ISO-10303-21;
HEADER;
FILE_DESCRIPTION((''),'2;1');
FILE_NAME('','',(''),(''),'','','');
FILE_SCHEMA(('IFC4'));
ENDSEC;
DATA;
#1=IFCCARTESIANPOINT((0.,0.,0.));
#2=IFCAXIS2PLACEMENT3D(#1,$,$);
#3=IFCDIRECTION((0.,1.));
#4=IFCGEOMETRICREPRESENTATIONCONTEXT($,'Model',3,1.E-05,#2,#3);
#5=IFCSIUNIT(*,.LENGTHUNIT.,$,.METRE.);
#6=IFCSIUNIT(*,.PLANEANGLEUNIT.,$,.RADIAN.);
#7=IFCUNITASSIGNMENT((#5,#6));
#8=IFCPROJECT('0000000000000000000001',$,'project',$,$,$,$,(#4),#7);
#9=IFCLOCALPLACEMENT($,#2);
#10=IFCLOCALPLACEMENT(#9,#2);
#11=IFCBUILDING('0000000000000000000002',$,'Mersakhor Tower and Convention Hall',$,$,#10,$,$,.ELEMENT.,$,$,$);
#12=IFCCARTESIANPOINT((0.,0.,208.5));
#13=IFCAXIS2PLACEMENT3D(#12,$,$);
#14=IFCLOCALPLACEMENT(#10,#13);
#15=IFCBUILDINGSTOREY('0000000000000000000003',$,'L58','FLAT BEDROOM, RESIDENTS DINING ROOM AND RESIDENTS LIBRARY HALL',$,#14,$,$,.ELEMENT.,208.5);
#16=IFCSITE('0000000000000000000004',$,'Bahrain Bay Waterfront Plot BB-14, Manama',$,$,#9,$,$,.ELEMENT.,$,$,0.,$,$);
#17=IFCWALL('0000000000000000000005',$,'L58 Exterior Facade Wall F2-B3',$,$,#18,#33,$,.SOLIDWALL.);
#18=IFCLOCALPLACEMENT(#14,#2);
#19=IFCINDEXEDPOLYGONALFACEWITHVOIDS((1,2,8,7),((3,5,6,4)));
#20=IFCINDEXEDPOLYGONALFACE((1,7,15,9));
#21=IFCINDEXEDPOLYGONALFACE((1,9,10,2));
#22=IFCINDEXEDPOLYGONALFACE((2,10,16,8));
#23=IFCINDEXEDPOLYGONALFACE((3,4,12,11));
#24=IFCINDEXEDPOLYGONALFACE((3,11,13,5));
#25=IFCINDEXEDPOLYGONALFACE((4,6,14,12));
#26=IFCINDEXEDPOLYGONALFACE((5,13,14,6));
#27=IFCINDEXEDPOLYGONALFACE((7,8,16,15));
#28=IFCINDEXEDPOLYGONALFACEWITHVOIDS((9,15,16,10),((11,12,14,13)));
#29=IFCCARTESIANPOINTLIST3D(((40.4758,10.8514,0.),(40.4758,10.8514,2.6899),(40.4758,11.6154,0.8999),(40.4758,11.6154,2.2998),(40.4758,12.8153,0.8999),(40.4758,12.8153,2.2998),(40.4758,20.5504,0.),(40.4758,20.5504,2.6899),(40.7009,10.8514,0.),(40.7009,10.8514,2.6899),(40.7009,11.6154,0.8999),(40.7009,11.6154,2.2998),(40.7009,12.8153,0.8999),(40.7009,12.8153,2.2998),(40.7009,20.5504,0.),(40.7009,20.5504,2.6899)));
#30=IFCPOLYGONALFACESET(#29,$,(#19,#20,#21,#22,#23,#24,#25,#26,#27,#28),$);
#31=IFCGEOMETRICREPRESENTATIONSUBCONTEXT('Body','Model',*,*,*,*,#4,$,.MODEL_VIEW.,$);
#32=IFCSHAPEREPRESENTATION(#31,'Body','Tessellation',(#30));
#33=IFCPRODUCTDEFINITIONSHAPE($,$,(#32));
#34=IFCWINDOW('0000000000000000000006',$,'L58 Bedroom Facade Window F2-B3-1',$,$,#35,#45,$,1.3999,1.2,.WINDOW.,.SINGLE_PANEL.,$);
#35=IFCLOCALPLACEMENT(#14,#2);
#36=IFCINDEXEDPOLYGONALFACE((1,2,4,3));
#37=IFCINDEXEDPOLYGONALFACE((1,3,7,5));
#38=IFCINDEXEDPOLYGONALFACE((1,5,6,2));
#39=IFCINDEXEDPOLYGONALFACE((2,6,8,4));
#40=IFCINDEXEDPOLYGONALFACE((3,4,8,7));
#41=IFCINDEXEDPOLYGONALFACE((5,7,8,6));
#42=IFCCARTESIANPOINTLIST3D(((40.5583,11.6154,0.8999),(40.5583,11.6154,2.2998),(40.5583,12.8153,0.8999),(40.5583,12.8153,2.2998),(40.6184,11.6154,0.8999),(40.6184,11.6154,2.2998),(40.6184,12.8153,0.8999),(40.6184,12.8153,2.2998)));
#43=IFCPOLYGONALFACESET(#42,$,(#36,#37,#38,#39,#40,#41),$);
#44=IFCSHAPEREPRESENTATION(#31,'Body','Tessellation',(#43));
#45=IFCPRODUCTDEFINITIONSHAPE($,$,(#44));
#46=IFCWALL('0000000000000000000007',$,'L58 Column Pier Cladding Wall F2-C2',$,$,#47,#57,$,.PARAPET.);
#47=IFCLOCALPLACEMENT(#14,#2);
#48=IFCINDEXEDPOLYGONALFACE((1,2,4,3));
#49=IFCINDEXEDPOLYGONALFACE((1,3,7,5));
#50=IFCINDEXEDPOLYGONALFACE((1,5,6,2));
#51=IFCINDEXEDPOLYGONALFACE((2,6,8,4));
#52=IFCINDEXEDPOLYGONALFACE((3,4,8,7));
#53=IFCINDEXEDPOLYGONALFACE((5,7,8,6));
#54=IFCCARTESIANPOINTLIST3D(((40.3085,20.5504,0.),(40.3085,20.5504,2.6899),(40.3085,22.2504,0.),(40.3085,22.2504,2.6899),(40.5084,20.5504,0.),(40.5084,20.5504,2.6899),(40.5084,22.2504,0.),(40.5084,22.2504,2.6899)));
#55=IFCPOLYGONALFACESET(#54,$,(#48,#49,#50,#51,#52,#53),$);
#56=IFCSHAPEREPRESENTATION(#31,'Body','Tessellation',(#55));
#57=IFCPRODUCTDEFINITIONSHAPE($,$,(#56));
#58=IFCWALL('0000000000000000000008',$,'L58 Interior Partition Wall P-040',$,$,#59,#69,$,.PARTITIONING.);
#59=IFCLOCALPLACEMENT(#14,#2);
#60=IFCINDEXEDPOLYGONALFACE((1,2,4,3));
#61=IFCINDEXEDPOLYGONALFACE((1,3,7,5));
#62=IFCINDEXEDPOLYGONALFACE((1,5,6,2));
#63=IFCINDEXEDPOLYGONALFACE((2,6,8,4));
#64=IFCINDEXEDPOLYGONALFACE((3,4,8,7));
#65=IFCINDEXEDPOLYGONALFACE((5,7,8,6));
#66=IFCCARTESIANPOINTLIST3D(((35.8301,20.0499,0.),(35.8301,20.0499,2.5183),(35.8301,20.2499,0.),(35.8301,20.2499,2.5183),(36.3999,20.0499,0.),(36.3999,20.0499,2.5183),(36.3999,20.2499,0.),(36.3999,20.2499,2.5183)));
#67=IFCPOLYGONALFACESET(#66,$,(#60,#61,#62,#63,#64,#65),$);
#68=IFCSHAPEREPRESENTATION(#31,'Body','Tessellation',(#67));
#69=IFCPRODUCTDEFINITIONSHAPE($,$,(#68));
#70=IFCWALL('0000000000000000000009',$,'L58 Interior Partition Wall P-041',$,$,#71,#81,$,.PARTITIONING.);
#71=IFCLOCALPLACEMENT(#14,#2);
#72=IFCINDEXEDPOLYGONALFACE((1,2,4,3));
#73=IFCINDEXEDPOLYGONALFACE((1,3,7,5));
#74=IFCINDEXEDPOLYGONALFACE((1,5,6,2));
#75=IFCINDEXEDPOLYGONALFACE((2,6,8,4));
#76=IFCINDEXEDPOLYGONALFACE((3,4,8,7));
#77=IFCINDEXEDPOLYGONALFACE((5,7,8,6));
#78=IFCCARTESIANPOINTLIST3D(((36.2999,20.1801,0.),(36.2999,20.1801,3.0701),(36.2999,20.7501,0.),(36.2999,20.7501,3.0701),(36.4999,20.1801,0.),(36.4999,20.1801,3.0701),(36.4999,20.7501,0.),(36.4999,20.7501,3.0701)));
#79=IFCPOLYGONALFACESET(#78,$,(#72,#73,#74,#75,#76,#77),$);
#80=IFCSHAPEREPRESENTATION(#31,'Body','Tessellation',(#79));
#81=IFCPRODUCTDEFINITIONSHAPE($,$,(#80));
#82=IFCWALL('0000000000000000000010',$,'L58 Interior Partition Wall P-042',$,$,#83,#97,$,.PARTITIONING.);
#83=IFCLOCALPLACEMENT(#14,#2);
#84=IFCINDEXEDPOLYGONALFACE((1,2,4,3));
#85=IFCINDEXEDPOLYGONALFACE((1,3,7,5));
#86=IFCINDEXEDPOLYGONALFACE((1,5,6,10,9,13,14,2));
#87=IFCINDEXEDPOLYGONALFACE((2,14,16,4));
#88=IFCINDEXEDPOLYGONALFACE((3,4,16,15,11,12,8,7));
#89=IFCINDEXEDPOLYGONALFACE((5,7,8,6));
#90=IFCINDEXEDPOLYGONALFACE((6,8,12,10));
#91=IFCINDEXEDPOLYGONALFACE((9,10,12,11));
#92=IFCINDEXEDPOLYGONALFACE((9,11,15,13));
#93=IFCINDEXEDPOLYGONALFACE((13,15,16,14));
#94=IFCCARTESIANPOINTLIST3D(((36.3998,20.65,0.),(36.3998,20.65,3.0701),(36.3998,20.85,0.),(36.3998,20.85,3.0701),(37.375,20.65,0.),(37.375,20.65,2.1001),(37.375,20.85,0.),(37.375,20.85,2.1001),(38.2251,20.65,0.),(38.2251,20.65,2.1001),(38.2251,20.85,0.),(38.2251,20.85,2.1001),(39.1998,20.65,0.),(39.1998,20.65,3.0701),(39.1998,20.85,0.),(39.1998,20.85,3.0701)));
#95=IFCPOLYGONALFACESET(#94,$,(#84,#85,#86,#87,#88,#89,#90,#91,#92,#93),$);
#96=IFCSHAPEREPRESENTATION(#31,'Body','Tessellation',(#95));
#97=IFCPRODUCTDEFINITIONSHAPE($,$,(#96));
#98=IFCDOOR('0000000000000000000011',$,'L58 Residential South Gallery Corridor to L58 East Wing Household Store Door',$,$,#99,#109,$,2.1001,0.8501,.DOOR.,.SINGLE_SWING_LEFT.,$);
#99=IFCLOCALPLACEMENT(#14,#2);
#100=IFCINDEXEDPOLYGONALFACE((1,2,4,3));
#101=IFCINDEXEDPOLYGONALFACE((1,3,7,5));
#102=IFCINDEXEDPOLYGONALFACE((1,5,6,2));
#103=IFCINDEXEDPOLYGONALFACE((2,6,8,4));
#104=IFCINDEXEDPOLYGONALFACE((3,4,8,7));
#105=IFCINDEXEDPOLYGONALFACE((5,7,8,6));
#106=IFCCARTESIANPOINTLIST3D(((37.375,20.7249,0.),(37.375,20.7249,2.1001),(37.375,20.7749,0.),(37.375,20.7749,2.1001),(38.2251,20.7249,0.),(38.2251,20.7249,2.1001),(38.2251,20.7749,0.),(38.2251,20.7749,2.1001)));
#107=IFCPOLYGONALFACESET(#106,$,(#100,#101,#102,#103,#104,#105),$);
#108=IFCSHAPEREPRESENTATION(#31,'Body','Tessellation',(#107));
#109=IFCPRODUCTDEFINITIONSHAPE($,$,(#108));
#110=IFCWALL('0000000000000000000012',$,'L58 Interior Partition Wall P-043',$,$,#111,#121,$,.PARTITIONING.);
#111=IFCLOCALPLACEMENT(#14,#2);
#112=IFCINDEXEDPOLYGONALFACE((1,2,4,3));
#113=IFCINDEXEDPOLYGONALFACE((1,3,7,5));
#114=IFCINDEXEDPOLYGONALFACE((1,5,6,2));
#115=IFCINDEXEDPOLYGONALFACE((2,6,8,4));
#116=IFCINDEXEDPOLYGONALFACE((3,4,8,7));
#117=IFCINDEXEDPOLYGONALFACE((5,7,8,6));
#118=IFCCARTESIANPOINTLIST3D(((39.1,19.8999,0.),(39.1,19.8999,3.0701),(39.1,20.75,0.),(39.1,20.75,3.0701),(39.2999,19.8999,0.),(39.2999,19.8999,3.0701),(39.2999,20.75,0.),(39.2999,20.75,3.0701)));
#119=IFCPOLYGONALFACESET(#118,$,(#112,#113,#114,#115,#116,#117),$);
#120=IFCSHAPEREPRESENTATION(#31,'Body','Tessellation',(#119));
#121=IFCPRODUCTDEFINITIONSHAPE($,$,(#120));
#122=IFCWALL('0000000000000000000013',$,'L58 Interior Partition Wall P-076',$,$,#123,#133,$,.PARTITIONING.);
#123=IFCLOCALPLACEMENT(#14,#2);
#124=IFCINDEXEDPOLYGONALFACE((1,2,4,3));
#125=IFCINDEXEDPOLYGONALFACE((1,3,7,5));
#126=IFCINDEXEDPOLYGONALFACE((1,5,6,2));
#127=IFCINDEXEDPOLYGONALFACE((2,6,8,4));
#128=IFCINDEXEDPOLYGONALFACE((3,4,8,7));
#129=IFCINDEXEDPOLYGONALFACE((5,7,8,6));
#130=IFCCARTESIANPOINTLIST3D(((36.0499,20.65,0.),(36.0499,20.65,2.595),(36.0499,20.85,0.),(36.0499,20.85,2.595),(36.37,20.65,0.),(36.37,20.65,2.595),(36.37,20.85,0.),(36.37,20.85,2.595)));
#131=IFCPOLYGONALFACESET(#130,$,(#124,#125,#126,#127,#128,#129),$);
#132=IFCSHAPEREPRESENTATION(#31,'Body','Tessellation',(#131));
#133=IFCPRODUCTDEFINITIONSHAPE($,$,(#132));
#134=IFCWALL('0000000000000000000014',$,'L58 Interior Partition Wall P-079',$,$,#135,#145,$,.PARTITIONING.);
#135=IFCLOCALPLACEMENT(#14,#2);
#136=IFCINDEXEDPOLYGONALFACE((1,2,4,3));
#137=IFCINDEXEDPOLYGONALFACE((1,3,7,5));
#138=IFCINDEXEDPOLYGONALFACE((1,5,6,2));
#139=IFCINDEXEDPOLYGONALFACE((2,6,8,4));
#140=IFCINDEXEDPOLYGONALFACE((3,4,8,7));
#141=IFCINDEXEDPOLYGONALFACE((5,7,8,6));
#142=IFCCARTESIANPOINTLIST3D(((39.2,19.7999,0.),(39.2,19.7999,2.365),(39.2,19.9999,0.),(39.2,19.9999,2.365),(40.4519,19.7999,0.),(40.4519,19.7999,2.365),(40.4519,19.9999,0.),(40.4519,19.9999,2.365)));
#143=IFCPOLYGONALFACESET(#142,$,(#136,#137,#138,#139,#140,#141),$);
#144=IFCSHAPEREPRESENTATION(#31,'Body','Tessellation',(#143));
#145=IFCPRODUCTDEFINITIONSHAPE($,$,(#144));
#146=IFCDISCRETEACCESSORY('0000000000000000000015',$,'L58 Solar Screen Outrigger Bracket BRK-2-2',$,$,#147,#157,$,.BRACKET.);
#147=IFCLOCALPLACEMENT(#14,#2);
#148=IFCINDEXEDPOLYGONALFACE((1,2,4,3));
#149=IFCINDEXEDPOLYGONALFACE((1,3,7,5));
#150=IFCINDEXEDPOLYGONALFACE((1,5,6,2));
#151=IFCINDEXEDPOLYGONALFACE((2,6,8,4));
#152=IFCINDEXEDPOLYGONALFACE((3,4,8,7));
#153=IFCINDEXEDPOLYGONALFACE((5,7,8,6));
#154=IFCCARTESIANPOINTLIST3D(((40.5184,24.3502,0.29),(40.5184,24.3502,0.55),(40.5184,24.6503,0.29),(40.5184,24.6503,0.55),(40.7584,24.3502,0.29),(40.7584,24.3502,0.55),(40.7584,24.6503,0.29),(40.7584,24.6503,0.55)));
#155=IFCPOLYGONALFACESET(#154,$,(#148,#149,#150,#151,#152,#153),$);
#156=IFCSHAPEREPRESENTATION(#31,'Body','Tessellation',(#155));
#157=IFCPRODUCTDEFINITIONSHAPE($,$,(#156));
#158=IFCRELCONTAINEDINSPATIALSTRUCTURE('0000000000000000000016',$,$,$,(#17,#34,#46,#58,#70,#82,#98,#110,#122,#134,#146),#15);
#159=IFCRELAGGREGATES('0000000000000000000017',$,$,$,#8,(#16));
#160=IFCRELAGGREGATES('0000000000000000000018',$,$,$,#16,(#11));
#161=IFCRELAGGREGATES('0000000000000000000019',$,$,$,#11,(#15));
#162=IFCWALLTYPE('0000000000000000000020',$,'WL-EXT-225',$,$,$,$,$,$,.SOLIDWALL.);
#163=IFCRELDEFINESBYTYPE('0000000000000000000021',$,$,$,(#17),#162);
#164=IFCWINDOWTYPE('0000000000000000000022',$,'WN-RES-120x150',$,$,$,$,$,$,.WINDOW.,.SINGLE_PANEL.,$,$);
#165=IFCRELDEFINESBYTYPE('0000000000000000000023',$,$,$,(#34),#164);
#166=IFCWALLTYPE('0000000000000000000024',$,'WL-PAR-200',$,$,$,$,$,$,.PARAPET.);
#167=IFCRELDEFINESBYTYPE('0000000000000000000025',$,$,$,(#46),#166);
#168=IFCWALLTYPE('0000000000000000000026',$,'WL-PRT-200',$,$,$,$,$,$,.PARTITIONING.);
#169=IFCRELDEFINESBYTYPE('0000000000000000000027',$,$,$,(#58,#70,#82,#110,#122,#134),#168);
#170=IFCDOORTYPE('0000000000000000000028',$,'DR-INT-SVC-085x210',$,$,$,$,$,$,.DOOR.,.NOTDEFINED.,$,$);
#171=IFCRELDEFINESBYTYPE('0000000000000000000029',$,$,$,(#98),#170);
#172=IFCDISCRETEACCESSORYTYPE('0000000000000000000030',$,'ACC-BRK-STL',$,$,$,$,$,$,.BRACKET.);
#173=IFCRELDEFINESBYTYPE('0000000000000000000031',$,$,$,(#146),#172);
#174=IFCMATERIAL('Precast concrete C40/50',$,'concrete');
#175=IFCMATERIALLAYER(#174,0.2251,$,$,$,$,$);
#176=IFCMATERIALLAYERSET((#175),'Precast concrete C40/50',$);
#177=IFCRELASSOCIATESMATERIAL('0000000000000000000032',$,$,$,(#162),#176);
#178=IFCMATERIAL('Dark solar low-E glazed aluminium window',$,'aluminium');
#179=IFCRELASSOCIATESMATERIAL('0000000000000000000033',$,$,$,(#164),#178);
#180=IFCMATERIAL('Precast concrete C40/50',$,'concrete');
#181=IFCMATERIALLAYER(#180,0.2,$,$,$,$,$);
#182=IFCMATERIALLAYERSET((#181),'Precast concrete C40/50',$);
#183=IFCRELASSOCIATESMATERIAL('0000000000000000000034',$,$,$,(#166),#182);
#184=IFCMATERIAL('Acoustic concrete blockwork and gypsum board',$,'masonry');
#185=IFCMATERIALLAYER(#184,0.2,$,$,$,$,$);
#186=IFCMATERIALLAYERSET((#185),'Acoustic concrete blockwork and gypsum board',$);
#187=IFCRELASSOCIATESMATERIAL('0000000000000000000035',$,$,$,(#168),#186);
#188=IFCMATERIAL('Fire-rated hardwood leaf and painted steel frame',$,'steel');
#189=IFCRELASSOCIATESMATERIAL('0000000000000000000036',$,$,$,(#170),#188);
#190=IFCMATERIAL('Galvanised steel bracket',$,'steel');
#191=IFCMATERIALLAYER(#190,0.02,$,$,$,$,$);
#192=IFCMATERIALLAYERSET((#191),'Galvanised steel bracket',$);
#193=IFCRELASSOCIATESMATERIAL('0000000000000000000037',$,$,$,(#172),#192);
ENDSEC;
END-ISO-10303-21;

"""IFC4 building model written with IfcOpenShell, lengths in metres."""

from ifc_helpers import new_model, si_unit, direction, frame, frame_2d, origin, origin_2d, place, context, subcontext, project, spatial, rectangle, extrude, material, layer, layer_set, type_object, element, fill, save


model = new_model("IFC4")

# Units and contexts
model_context = context("Model", 3, precision=1e-05, world=origin(), true_north=direction((0.0, 1.0)))
body_context = subcontext(model_context, "Body", "Model", "MODEL_VIEW")
ifc_project = project(units=[si_unit("LENGTHUNIT", "METRE"), si_unit("PLANEANGLEUNIT", "RADIAN")], contexts=[model_context])

# Site, building, storey
site_placement = place(None, origin())
site = spatial("IfcSite", under=ifc_project, at=site_placement, Name="Bahrain Bay Waterfront Plot BB-14, Manama", CompositionType="ELEMENT", RefElevation=0.0)
building_placement = place(site_placement, origin())
building = spatial("IfcBuilding", under=site, at=building_placement, Name="Mersakhor Tower and Convention Hall", CompositionType="ELEMENT")
storey_placement = place(building_placement, frame((0.0, 0.0, 208.5)))
storey = spatial("IfcBuildingStorey", under=building, at=storey_placement, Name="L58", Description="FLAT BEDROOM, RESIDENTS DINING ROOM AND RESIDENTS LIBRARY HALL", CompositionType="ELEMENT", Elevation=208.5)

# Wall, opening, window
ifc_material_1 = material(Name="Precast concrete C40/50", Category="concrete")
ifc_layer_1 = layer(ifc_material_1, 0.2251)
ifc_layer_set_1 = layer_set([ifc_layer_1], Name="Precast concrete C40/50")
wall_type_1 = type_object("IfcWallType", Name="WL-EXT-225", PredefinedType="SOLIDWALL", material=ifc_layer_set_1)
wall_1_placement = place(storey_placement, frame((40.5884, 20.5505, 0.0), z_axis=(0.0, 0.0, 1.0), x_axis=(0.0, -1.0, 0.0)))
wall_1 = element("IfcWall", 1, at=wall_1_placement, inside=storey, type_object=wall_type_1, Name="L58 Exterior Facade Wall F2-B3", PredefinedType="SOLIDWALL", context=body_context, shape_type="SweptSolid", body=[
    extrude(rectangle(XDim=9.699, YDim=0.2251, at=frame_2d((4.8496, 0.0))), origin(), (0.0, 0.0, 1.0), 2.6899),
])
opening_1_placement = place(wall_1_placement, frame((7.7351, 0.0, 0.8999)))
opening_1 = element("IfcOpeningElement", 2, at=opening_1_placement, cuts=wall_1, PredefinedType="OPENING", context=body_context, shape_type="SweptSolid", body=[
    extrude(rectangle(XDim=1.2, YDim=1.3999, at=frame_2d((0.6001, 0.7))), frame((0.0, 0.1226, 0.0), z_axis=(0.0, -1.0, 0.0), x_axis=(1.0, 0.0, 0.0)), (0.0, 0.0, 1.0), 0.2451),
])
ifc_material_2 = material(Name="Dark solar low-E glazed aluminium window", Category="aluminium")
window_type = type_object("IfcWindowType", Name="WN-RES-120x150", PartitioningType="SINGLE_PANEL", PredefinedType="WINDOW", material=ifc_material_2)
window_placement = place(opening_1_placement, origin())
window = element("IfcWindow", 3, at=window_placement, inside=storey, type_object=window_type, Name="L58 Bedroom Facade Window F2-B3-1", OverallHeight=1.3999, OverallWidth=1.2, PartitioningType="SINGLE_PANEL", PredefinedType="WINDOW", context=body_context, shape_type="SweptSolid", body=[
    extrude(rectangle(XDim=1.2, YDim=1.3999, at=frame_2d((0.6001, 0.7))), frame((0.0, 0.03, 0.0), z_axis=(0.0, -1.0, 0.0), x_axis=(1.0, 0.0, 0.0)), (0.0, 0.0, 1.0), 0.0601),
])
fill(opening_1, window)

# Walls
ifc_material_3 = material(Name="Precast concrete C40/50", Category="concrete")
ifc_layer_2 = layer(ifc_material_3, 0.2)
ifc_layer_set_2 = layer_set([ifc_layer_2], Name="Precast concrete C40/50")
wall_type_2 = type_object("IfcWallType", Name="WL-PAR-200", PredefinedType="PARAPET", material=ifc_layer_set_2)
wall_2_placement = place(storey_placement, frame((40.4084, 22.2505, 0.0), z_axis=(0.0, 0.0, 1.0), x_axis=(0.0, -1.0, 0.0)))
element("IfcWall", 4, at=wall_2_placement, inside=storey, type_object=wall_type_2, Name="L58 Column Pier Cladding Wall F2-C2", PredefinedType="PARAPET", context=body_context, shape_type="SweptSolid", body=[
    extrude(rectangle(XDim=1.7, YDim=0.2, at=frame_2d((0.8501, 0.0))), origin(), (0.0, 0.0, 1.0), 2.6899),
])
ifc_material_4 = material(Name="Acoustic concrete blockwork and gypsum board", Category="masonry")
ifc_layer_3 = layer(ifc_material_4, 0.2)
ifc_layer_set_3 = layer_set([ifc_layer_3], Name="Acoustic concrete blockwork and gypsum board")
wall_type_3 = type_object("IfcWallType", Name="WL-PRT-200", PredefinedType="PARTITIONING", material=ifc_layer_set_3)
wall_3_placement = place(storey_placement, frame((35.8301, 20.1499, 0.0), z_axis=(0.0, 0.0, 1.0), x_axis=(1.0, 0.0, 0.0)))
element("IfcWall", 5, at=wall_3_placement, inside=storey, type_object=wall_type_3, Name="L58 Interior Partition Wall P-040", PredefinedType="PARTITIONING", context=body_context, shape_type="SweptSolid", body=[
    extrude(rectangle(XDim=0.5698, YDim=0.2, at=frame_2d((0.2849, 0.0))), origin(), (0.0, 0.0, 1.0), 2.5183),
])
wall_4_placement = place(storey_placement, frame((36.3999, 20.1799, 0.0), z_axis=(0.0, 0.0, 1.0), x_axis=(0.0, 1.0, 0.0)))
element("IfcWall", 6, at=wall_4_placement, inside=storey, type_object=wall_type_3, Name="L58 Interior Partition Wall P-041", PredefinedType="PARTITIONING", context=body_context, shape_type="SweptSolid", body=[
    extrude(rectangle(XDim=0.5701, YDim=0.2, at=frame_2d((0.2852, 0.0))), origin(), (0.0, 0.0, 1.0), 3.0701),
])

# Wall, opening, door
wall_5_placement = place(storey_placement, frame((36.3999, 20.75, 0.0), z_axis=(0.0, 0.0, 1.0), x_axis=(1.0, 0.0, 0.0)))
wall_5 = element("IfcWall", 7, at=wall_5_placement, inside=storey, type_object=wall_type_3, Name="L58 Interior Partition Wall P-042", PredefinedType="PARTITIONING", context=body_context, shape_type="SweptSolid", body=[
    extrude(rectangle(XDim=2.8, YDim=0.2, at=frame_2d((1.3999, 0.0))), origin(), (0.0, 0.0, 1.0), 3.0701),
])
opening_2_placement = place(wall_5_placement, frame((0.9751, 0.0, 0.0)))
opening_2 = element("IfcOpeningElement", 8, at=opening_2_placement, cuts=wall_5, PredefinedType="OPENING", context=body_context, shape_type="SweptSolid", body=[
    extrude(rectangle(XDim=0.8501, YDim=2.1001, at=frame_2d((0.425, 1.05))), frame((0.0, 0.1099, 0.0), z_axis=(0.0, -1.0, 0.0), x_axis=(1.0, 0.0, 0.0)), (0.0, 0.0, 1.0), 0.22),
])
ifc_material_5 = material(Name="Fire-rated hardwood leaf and painted steel frame", Category="steel")
door_type = type_object("IfcDoorType", Name="DR-INT-SVC-085x210", OperationType="NOTDEFINED", PredefinedType="DOOR", material=ifc_material_5)
door_placement = place(opening_2_placement, origin())
door = element("IfcDoor", 9, at=door_placement, inside=storey, type_object=door_type, Name="L58 Residential South Gallery Corridor to L58 East Wing Household Store Door", OperationType="SINGLE_SWING_LEFT", OverallHeight=2.1001, OverallWidth=0.8501, PredefinedType="DOOR", context=body_context, shape_type="SweptSolid", body=[
    extrude(rectangle(XDim=0.8501, YDim=2.1001, at=frame_2d((0.425, 1.05))), frame((0.0, 0.0249, 0.0), z_axis=(0.0, -1.0, 0.0), x_axis=(1.0, 0.0, 0.0)), (0.0, 0.0, 1.0), 0.05),
])
fill(opening_2, door)

# Walls
wall_6_placement = place(storey_placement, frame((39.2, 20.75, 0.0), z_axis=(0.0, 0.0, 1.0), x_axis=(0.0, -1.0, 0.0)))
element("IfcWall", 10, at=wall_6_placement, inside=storey, type_object=wall_type_3, Name="L58 Interior Partition Wall P-043", PredefinedType="PARTITIONING", context=body_context, shape_type="SweptSolid", body=[
    extrude(rectangle(XDim=0.8501, YDim=0.2, at=frame_2d((0.425, 0.0))), origin(), (0.0, 0.0, 1.0), 3.0701),
])
wall_7_placement = place(storey_placement, frame((36.3701, 20.75, 0.0), z_axis=(0.0, 0.0, 1.0), x_axis=(-1.0, 0.0, 0.0)))
element("IfcWall", 11, at=wall_7_placement, inside=storey, type_object=wall_type_3, Name="L58 Interior Partition Wall P-076", PredefinedType="PARTITIONING", context=body_context, shape_type="SweptSolid", body=[
    extrude(rectangle(XDim=0.3201, YDim=0.2, at=frame_2d((0.1602, 0.0))), origin(), (0.0, 0.0, 1.0), 2.595),
])
wall_8_placement = place(storey_placement, frame((40.4519, 19.8999, 0.0), z_axis=(0.0, 0.0, 1.0), x_axis=(-1.0, 0.0, 0.0)))
element("IfcWall", 12, at=wall_8_placement, inside=storey, type_object=wall_type_3, Name="L58 Interior Partition Wall P-079", PredefinedType="PARTITIONING", context=body_context, shape_type="SweptSolid", body=[
    extrude(rectangle(XDim=1.252, YDim=0.2, at=frame_2d((0.626, 0.0))), origin(), (0.0, 0.0, 1.0), 2.365),
])

# Discrete accessory
ifc_material_6 = material(Name="Galvanised steel bracket", Category="steel")
ifc_layer_4 = layer(ifc_material_6, 0.02)
ifc_layer_set_4 = layer_set([ifc_layer_4], Name="Galvanised steel bracket")
discrete_accessory_type = type_object("IfcDiscreteAccessoryType", Name="ACC-BRK-STL", PredefinedType="BRACKET", material=ifc_layer_set_4)
discrete_accessory_placement = place(storey_placement, frame((40.6384, 24.5002, 0.29), z_axis=(0.0, 0.0, 1.0), x_axis=(0.0, -1.0, 0.0)))
element("IfcDiscreteAccessory", 13, at=discrete_accessory_placement, inside=storey, type_object=discrete_accessory_type, Name="L58 Solar Screen Outrigger Bracket BRK-2-2", PredefinedType="BRACKET", context=body_context, shape_type="SweptSolid", body=[
    extrude(rectangle(XDim=0.3, YDim=0.24, at=origin_2d()), origin(), (0.0, 0.0, 1.0), 0.26),
])

save(model, "model.ifc")
